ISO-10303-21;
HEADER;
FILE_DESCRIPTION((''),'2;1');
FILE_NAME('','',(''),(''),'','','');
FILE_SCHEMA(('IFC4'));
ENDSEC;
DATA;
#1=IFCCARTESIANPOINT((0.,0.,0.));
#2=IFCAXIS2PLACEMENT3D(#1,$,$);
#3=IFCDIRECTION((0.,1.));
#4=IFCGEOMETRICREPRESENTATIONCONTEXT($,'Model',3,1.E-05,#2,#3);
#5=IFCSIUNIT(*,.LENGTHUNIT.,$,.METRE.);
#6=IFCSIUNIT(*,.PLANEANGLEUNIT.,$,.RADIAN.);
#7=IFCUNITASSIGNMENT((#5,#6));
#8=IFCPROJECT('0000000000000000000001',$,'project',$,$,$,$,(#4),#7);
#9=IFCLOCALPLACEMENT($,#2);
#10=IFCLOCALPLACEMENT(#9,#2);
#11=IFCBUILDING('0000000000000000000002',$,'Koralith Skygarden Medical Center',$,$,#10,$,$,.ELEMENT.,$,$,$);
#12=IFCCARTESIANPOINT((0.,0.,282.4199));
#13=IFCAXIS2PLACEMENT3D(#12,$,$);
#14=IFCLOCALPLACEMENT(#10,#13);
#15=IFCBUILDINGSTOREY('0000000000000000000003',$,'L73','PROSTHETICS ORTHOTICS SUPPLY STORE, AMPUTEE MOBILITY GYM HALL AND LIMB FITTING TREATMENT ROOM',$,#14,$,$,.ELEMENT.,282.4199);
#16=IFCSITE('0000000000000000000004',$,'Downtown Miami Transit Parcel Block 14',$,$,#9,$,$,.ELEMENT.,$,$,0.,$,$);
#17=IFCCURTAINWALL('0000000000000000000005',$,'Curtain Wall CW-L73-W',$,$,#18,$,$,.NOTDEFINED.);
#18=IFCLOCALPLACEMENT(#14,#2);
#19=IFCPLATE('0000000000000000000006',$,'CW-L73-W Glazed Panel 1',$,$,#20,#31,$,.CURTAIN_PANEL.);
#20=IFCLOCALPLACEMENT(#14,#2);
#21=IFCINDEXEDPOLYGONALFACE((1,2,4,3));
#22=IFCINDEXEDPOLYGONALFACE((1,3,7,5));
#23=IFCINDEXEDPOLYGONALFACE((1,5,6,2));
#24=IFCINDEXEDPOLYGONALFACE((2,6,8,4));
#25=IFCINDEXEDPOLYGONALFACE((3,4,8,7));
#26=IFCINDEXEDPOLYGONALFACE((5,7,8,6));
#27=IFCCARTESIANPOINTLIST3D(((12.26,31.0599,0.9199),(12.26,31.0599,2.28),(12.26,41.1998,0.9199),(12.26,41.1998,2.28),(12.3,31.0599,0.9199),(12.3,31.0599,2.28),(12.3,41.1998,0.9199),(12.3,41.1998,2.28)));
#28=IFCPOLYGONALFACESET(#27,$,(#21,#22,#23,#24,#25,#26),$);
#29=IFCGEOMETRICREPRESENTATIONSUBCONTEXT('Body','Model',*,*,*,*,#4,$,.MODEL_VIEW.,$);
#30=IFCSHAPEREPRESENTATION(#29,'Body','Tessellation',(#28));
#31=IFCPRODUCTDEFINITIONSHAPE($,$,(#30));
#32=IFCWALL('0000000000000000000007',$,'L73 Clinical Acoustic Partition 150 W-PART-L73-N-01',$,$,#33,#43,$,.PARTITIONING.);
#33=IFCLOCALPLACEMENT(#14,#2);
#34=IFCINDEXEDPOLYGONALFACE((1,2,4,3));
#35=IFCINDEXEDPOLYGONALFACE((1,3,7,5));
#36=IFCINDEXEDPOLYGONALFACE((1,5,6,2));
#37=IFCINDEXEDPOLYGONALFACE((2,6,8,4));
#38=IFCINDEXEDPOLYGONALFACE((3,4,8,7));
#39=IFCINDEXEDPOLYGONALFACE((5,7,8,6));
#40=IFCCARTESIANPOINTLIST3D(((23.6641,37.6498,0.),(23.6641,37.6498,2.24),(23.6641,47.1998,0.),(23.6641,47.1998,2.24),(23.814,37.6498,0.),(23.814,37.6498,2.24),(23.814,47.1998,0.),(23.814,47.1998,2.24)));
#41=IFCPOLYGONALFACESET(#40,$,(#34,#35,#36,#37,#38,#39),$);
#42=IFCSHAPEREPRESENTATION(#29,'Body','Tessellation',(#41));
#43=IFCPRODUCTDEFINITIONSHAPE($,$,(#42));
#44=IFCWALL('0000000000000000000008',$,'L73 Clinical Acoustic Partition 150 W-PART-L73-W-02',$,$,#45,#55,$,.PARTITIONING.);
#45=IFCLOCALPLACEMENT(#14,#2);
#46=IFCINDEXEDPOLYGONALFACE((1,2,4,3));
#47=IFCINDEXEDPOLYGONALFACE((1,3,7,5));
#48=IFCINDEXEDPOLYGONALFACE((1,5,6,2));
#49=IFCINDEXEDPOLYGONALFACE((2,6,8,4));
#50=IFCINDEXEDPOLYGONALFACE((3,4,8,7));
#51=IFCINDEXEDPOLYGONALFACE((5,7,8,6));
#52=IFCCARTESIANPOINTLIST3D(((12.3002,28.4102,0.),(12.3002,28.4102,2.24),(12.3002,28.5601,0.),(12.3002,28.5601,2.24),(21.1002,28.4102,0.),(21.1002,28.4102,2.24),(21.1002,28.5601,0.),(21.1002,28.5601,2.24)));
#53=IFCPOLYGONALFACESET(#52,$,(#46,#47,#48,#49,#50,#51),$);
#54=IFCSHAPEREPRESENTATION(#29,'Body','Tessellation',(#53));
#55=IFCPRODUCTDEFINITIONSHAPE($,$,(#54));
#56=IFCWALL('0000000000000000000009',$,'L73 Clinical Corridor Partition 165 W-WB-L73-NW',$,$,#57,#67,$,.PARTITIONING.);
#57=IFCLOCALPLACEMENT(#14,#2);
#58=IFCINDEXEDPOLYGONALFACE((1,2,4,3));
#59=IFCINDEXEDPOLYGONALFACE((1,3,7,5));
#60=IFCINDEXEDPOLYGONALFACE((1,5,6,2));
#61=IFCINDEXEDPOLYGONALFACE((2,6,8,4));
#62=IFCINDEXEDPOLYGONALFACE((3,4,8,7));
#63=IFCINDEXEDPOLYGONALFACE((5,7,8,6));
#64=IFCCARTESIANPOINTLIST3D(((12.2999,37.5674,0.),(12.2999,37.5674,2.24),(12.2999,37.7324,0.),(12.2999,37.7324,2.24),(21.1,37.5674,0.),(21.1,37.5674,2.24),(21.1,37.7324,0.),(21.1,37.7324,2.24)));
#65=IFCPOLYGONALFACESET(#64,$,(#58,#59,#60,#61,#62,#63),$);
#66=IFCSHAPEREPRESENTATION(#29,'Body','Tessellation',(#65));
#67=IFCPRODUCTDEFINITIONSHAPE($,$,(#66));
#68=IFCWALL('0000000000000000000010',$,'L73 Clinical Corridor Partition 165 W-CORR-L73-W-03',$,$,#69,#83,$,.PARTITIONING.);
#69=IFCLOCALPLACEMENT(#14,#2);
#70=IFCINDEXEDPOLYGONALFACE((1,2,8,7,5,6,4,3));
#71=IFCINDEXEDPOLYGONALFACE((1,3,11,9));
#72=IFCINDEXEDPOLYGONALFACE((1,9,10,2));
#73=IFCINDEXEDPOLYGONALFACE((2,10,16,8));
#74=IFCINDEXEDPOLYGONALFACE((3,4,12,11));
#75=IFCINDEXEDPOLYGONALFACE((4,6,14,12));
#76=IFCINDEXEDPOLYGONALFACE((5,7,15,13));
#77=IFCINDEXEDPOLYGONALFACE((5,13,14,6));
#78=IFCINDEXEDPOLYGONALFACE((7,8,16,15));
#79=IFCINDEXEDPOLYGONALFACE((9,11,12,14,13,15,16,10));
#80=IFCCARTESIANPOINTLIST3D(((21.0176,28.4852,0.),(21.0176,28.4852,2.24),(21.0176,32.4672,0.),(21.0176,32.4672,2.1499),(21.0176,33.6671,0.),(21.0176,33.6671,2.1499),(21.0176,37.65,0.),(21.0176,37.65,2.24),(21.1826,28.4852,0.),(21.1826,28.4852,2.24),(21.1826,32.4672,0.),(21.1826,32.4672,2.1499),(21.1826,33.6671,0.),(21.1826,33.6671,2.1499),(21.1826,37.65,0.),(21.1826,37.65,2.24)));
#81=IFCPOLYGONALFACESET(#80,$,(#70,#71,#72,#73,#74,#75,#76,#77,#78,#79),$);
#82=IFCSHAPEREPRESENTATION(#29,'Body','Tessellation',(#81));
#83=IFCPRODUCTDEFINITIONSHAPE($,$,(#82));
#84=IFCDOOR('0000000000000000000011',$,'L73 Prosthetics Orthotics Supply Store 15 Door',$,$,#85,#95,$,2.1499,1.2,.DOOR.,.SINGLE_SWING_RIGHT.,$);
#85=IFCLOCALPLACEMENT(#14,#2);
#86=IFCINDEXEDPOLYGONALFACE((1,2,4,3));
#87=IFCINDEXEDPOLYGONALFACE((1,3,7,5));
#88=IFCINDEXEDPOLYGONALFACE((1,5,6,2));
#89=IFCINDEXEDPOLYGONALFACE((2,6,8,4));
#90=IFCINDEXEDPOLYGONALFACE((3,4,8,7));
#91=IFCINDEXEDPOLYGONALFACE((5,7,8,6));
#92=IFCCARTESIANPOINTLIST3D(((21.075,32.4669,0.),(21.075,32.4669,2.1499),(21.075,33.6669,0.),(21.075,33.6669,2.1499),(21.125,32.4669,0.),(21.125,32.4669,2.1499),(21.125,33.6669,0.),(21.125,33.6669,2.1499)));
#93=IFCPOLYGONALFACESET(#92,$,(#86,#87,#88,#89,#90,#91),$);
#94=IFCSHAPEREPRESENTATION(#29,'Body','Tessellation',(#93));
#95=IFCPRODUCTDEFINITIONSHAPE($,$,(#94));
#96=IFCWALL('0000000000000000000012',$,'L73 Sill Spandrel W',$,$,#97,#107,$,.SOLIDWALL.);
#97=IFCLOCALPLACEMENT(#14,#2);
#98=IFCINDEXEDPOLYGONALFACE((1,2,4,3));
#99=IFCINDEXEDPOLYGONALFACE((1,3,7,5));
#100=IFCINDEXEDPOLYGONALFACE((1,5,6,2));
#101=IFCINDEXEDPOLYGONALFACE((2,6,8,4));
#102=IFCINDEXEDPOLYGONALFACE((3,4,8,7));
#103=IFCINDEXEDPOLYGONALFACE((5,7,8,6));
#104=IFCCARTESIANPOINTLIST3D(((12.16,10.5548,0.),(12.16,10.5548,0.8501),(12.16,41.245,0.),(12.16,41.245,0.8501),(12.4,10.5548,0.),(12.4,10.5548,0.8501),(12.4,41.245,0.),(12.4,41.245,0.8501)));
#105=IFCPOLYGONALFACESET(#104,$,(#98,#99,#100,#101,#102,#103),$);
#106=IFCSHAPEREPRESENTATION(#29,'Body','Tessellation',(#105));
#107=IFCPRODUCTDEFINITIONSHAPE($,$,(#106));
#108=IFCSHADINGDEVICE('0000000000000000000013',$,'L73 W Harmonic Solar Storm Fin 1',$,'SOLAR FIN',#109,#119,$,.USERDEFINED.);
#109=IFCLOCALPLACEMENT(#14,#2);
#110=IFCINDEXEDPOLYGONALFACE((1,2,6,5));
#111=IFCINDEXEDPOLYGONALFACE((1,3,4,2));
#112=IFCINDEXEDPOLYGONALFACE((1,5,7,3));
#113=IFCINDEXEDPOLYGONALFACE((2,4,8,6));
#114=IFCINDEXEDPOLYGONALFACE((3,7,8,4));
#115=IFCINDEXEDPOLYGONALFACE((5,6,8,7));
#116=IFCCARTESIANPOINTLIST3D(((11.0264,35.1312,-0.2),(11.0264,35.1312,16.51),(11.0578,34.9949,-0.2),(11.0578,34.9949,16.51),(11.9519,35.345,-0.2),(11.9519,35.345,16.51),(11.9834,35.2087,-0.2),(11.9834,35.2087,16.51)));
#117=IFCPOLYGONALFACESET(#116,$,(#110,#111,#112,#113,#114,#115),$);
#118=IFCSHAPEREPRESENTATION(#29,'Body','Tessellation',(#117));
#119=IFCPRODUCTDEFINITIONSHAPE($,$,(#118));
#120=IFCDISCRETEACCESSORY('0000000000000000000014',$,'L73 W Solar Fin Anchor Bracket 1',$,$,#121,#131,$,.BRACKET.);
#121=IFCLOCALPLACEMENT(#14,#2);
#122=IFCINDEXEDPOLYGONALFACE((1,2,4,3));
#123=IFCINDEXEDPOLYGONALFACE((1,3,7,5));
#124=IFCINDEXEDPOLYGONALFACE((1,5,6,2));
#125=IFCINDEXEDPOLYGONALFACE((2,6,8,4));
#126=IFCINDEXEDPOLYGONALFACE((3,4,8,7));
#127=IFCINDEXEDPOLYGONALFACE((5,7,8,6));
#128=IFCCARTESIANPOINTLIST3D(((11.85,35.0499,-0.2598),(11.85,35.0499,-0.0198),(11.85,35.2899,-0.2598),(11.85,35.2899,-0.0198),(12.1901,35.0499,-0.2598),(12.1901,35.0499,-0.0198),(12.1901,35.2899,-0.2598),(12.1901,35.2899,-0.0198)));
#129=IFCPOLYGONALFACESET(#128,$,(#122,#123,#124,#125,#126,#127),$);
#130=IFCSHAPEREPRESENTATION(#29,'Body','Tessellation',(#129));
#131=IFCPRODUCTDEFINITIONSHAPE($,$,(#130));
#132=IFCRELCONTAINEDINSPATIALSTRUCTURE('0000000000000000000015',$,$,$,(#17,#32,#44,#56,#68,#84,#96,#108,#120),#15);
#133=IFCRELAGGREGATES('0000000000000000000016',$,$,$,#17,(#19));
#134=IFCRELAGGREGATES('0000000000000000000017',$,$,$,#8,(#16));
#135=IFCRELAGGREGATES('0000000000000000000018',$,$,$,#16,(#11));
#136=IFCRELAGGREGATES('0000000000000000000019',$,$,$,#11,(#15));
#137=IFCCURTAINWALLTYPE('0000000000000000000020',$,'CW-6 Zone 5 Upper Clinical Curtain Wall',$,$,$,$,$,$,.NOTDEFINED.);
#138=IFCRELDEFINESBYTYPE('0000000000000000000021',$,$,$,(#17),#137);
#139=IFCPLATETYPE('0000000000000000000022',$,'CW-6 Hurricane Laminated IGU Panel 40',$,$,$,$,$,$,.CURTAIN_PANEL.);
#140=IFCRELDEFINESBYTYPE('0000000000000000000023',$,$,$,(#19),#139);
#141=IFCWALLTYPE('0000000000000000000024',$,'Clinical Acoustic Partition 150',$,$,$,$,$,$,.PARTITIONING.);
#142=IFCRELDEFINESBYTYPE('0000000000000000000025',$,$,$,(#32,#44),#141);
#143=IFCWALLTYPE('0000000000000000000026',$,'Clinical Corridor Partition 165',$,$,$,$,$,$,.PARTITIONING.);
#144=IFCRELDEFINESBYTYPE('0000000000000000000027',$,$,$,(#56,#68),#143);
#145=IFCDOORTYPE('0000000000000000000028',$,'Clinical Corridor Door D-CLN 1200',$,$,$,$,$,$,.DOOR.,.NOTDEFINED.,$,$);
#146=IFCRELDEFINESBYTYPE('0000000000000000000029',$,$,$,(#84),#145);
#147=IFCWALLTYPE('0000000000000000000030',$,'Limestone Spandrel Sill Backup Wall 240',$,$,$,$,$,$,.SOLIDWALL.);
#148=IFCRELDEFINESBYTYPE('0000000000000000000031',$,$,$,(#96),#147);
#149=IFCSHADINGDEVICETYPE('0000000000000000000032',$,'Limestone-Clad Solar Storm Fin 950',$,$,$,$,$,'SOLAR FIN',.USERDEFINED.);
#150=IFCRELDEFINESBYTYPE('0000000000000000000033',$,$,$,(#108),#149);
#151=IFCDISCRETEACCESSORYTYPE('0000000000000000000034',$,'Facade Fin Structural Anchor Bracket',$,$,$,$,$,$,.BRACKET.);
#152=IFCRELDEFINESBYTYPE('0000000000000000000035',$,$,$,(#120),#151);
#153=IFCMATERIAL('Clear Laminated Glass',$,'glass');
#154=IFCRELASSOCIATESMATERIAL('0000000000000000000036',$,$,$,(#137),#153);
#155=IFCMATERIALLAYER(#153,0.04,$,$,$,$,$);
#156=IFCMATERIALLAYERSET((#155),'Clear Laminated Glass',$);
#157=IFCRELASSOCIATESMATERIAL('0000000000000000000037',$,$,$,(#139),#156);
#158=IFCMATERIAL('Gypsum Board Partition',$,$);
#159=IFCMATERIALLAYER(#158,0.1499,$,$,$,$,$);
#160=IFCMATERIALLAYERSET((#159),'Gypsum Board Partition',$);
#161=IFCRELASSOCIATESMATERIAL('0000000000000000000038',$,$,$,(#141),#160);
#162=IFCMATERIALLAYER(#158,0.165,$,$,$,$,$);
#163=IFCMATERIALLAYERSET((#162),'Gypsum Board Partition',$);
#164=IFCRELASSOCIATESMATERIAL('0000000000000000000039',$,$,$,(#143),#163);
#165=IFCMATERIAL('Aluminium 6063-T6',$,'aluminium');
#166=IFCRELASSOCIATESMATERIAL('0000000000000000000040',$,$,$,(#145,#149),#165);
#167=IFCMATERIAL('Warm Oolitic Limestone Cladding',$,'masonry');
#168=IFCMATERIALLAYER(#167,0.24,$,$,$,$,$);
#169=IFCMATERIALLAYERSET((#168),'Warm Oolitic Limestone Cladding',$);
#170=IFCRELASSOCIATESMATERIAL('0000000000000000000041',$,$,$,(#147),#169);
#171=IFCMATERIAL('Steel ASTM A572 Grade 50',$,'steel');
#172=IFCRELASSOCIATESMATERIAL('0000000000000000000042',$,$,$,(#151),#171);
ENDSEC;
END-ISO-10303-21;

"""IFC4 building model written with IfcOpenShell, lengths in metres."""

from ifc_helpers import new_model, si_unit, direction, frame, frame_2d, origin, origin_2d, place, context, subcontext, project, spatial, rectangle, extrude, material, layer, layer_set, type_object, element, fill, aggregate, save


model = new_model("IFC4")

# Units and contexts
model_context = context("Model", 3, precision=1e-05, world=origin(), true_north=direction((0.0, 1.0)))
body_context = subcontext(model_context, "Body", "Model", "MODEL_VIEW")
ifc_project = project(units=[si_unit("LENGTHUNIT", "METRE"), si_unit("PLANEANGLEUNIT", "RADIAN")], contexts=[model_context])

# Site, building, storey
site_placement = place(None, origin())
site = spatial("IfcSite", under=ifc_project, at=site_placement, Name="Downtown Miami Transit Parcel Block 14", CompositionType="ELEMENT", RefElevation=0.0)
building_placement = place(site_placement, origin())
building = spatial("IfcBuilding", under=site, at=building_placement, Name="Koralith Skygarden Medical Center", CompositionType="ELEMENT")
storey_placement = place(building_placement, frame((0.0, 0.0, 282.4199)))
storey = spatial("IfcBuildingStorey", under=building, at=storey_placement, Name="L73", Description="PROSTHETICS ORTHOTICS SUPPLY STORE, AMPUTEE MOBILITY GYM HALL AND LIMB FITTING TREATMENT ROOM", CompositionType="ELEMENT", Elevation=282.4199)

# Curtain wall
ifc_material_1 = material(Name="Clear Laminated Glass", Category="glass")
curtain_wall_type = type_object("IfcCurtainWallType", Name="CW-6 Zone 5 Upper Clinical Curtain Wall", PredefinedType="NOTDEFINED", material=ifc_material_1)
curtain_wall_placement = place(storey_placement, origin())
curtain_wall = element("IfcCurtainWall", 1, at=curtain_wall_placement, inside=storey, type_object=curtain_wall_type, Name="Curtain Wall CW-L73-W", PredefinedType="NOTDEFINED")
ifc_material_2 = material(Name="Aluminium 6063-T6", Category="aluminium")

# Plate
ifc_layer_1 = layer(ifc_material_1, 0.04)
ifc_layer_set_1 = layer_set([ifc_layer_1], Name="Clear Laminated Glass")
plate_type = type_object("IfcPlateType", Name="CW-6 Hurricane Laminated IGU Panel 40", PredefinedType="CURTAIN_PANEL", material=ifc_layer_set_1)
plate_placement = place(storey_placement, frame((12.28, 36.1299, 0.9199), z_axis=(0.0, 0.0, 1.0), x_axis=(0.0, -1.0, 0.0)))
plate = element("IfcPlate", 2, at=plate_placement, type_object=plate_type, Name="CW-L73-W Glazed Panel 1", PredefinedType="CURTAIN_PANEL", context=body_context, shape_type="SweptSolid", body=[
    extrude(rectangle(XDim=10.1399, YDim=0.04, at=origin_2d()), origin(), (0.0, 0.0, 1.0), 1.3601),
])
aggregate(curtain_wall, [plate])

# Walls
ifc_material_3 = material(Name="Gypsum Board Partition")
ifc_layer_2 = layer(ifc_material_3, 0.1499)
ifc_layer_set_2 = layer_set([ifc_layer_2], Name="Gypsum Board Partition")
wall_type_1 = type_object("IfcWallType", Name="Clinical Acoustic Partition 150", PredefinedType="PARTITIONING", material=ifc_layer_set_2)
wall_1_placement = place(storey_placement, frame((23.739, 37.6499, 0.0), z_axis=(0.0, 0.0, 1.0), x_axis=(0.0, 1.0, 0.0)))
element("IfcWall", 3, at=wall_1_placement, inside=storey, type_object=wall_type_1, Name="L73 Clinical Acoustic Partition 150 W-PART-L73-N-01", PredefinedType="PARTITIONING", context=body_context, shape_type="SweptSolid", body=[
    extrude(rectangle(XDim=9.55, YDim=0.1499, at=frame_2d((4.7749, 0.0))), origin(), (0.0, 0.0, 1.0), 2.24),
])
wall_2_placement = place(storey_placement, frame((21.1001, 28.4851, 0.0), z_axis=(0.0, 0.0, 1.0), x_axis=(-1.0, 0.0, 0.0)))
element("IfcWall", 4, at=wall_2_placement, inside=storey, type_object=wall_type_1, Name="L73 Clinical Acoustic Partition 150 W-PART-L73-W-02", PredefinedType="PARTITIONING", context=body_context, shape_type="SweptSolid", body=[
    extrude(rectangle(XDim=8.8, YDim=0.1499, at=frame_2d((4.3999, 0.0))), origin(), (0.0, 0.0, 1.0), 2.24),
])
ifc_layer_3 = layer(ifc_material_3, 0.165)
ifc_layer_set_3 = layer_set([ifc_layer_3], Name="Gypsum Board Partition")
wall_type_2 = type_object("IfcWallType", Name="Clinical Corridor Partition 165", PredefinedType="PARTITIONING", material=ifc_layer_set_3)
wall_3_placement = place(storey_placement, frame((12.3, 37.6499, 0.0), z_axis=(0.0, 0.0, 1.0), x_axis=(1.0, 0.0, 0.0)))
element("IfcWall", 5, at=wall_3_placement, inside=storey, type_object=wall_type_2, Name="L73 Clinical Corridor Partition 165 W-WB-L73-NW", PredefinedType="PARTITIONING", context=body_context, shape_type="SweptSolid", body=[
    extrude(rectangle(XDim=8.8, YDim=0.165, at=frame_2d((4.3999, 0.0))), origin(), (0.0, 0.0, 1.0), 2.24),
])

# Wall, opening, door
door_type = type_object("IfcDoorType", Name="Clinical Corridor Door D-CLN 1200", OperationType="NOTDEFINED", PredefinedType="DOOR", material=ifc_material_2)
wall_4_placement = place(storey_placement, frame((21.1001, 28.4851, 0.0), z_axis=(0.0, 0.0, 1.0), x_axis=(0.0, 1.0, 0.0)))
wall_4 = element("IfcWall", 6, at=wall_4_placement, inside=storey, type_object=wall_type_2, Name="L73 Clinical Corridor Partition 165 W-CORR-L73-W-03", PredefinedType="PARTITIONING", context=body_context, shape_type="SweptSolid", body=[
    extrude(rectangle(XDim=9.1648, YDim=0.165, at=frame_2d((4.5825, 0.0))), origin(), (0.0, 0.0, 1.0), 2.24),
])
opening_1_placement = place(wall_4_placement, frame((3.9819, 0.0, 0.0)))
opening_1 = element("IfcOpeningElement", 7, at=opening_1_placement, cuts=wall_4, PredefinedType="OPENING", context=body_context, shape_type="SweptSolid", body=[
    extrude(rectangle(XDim=1.2, YDim=2.1499, at=frame_2d((0.6001, 1.075))), frame((0.0, 0.0925, 0.0), z_axis=(0.0, -1.0, 0.0), x_axis=(1.0, 0.0, 0.0)), (0.0, 0.0, 1.0), 0.1851),
])
door_1_placement = place(opening_1_placement, frame((1.2, 0.0, 0.0), z_axis=(0.0, 0.0, 1.0), x_axis=(-1.0, 0.0, 0.0)))
door_1 = element("IfcDoor", 8, at=door_1_placement, inside=storey, type_object=door_type, Name="L73 Prosthetics Orthotics Supply Store 15 Door", OperationType="SINGLE_SWING_RIGHT", OverallHeight=2.1499, OverallWidth=1.2, PredefinedType="DOOR", context=body_context, shape_type="SweptSolid", body=[
    extrude(rectangle(XDim=1.2, YDim=2.1499, at=frame_2d((0.6001, 1.075))), frame((0.0, 0.0249, 0.0), z_axis=(0.0, -1.0, 0.0), x_axis=(1.0, 0.0, 0.0)), (0.0, 0.0, 1.0), 0.05),
])
fill(opening_1, door_1)

# Wall
ifc_material_4 = material(Name="Warm Oolitic Limestone Cladding", Category="masonry")
ifc_layer_4 = layer(ifc_material_4, 0.24)
ifc_layer_set_4 = layer_set([ifc_layer_4], Name="Warm Oolitic Limestone Cladding")
wall_type_3 = type_object("IfcWallType", Name="Limestone Spandrel Sill Backup Wall 240", PredefinedType="SOLIDWALL", material=ifc_layer_set_4)
wall_5_placement = place(storey_placement, frame((12.28, 41.2451, 0.0), z_axis=(0.0, 0.0, 1.0), x_axis=(0.0, -1.0, 0.0)))
element("IfcWall", 9, at=wall_5_placement, inside=storey, type_object=wall_type_3, Name="L73 Sill Spandrel W", PredefinedType="SOLIDWALL", context=body_context, shape_type="SweptSolid", body=[
    extrude(rectangle(XDim=30.6902, YDim=0.24, at=frame_2d((15.3452, 0.0))), origin(), (0.0, 0.0, 1.0), 0.8501),
])

# Shading device
shading_device_type = type_object("IfcShadingDeviceType", Name="Limestone-Clad Solar Storm Fin 950", ElementType="SOLAR FIN", PredefinedType="USERDEFINED", material=ifc_material_2)
shading_device_placement = place(storey_placement, frame((11.5049, 35.1699, -0.2), z_axis=(0.0, 0.0, 1.0), x_axis=(-0.974347, -0.225053, 0.0)))
element("IfcShadingDevice", 10, at=shading_device_placement, inside=storey, type_object=shading_device_type, Name="L73 W Harmonic Solar Storm Fin 1", ObjectType="SOLAR FIN", PredefinedType="USERDEFINED", context=body_context, shape_type="SweptSolid", body=[
    extrude(rectangle(XDim=0.95, YDim=0.1399, at=origin_2d()), origin(), (0.0, 0.0, 1.0), 16.71),
])

# Discrete accessory
ifc_material_5 = material(Name="Steel ASTM A572 Grade 50", Category="steel")
discrete_accessory_type = type_object("IfcDiscreteAccessoryType", Name="Facade Fin Structural Anchor Bracket", PredefinedType="BRACKET", material=ifc_material_5)
discrete_accessory_placement = place(storey_placement, frame((12.02, 35.1699, -0.2598), z_axis=(0.0, 0.0, 1.0), x_axis=(-1.0, 0.0, 0.0)))
element("IfcDiscreteAccessory", 11, at=discrete_accessory_placement, inside=storey, type_object=discrete_accessory_type, Name="L73 W Solar Fin Anchor Bracket 1", PredefinedType="BRACKET", context=body_context, shape_type="SweptSolid", body=[
    extrude(rectangle(XDim=0.3401, YDim=0.24, at=origin_2d()), origin(), (0.0, 0.0, 1.0), 0.24),
])

save(model, "model.ifc")
